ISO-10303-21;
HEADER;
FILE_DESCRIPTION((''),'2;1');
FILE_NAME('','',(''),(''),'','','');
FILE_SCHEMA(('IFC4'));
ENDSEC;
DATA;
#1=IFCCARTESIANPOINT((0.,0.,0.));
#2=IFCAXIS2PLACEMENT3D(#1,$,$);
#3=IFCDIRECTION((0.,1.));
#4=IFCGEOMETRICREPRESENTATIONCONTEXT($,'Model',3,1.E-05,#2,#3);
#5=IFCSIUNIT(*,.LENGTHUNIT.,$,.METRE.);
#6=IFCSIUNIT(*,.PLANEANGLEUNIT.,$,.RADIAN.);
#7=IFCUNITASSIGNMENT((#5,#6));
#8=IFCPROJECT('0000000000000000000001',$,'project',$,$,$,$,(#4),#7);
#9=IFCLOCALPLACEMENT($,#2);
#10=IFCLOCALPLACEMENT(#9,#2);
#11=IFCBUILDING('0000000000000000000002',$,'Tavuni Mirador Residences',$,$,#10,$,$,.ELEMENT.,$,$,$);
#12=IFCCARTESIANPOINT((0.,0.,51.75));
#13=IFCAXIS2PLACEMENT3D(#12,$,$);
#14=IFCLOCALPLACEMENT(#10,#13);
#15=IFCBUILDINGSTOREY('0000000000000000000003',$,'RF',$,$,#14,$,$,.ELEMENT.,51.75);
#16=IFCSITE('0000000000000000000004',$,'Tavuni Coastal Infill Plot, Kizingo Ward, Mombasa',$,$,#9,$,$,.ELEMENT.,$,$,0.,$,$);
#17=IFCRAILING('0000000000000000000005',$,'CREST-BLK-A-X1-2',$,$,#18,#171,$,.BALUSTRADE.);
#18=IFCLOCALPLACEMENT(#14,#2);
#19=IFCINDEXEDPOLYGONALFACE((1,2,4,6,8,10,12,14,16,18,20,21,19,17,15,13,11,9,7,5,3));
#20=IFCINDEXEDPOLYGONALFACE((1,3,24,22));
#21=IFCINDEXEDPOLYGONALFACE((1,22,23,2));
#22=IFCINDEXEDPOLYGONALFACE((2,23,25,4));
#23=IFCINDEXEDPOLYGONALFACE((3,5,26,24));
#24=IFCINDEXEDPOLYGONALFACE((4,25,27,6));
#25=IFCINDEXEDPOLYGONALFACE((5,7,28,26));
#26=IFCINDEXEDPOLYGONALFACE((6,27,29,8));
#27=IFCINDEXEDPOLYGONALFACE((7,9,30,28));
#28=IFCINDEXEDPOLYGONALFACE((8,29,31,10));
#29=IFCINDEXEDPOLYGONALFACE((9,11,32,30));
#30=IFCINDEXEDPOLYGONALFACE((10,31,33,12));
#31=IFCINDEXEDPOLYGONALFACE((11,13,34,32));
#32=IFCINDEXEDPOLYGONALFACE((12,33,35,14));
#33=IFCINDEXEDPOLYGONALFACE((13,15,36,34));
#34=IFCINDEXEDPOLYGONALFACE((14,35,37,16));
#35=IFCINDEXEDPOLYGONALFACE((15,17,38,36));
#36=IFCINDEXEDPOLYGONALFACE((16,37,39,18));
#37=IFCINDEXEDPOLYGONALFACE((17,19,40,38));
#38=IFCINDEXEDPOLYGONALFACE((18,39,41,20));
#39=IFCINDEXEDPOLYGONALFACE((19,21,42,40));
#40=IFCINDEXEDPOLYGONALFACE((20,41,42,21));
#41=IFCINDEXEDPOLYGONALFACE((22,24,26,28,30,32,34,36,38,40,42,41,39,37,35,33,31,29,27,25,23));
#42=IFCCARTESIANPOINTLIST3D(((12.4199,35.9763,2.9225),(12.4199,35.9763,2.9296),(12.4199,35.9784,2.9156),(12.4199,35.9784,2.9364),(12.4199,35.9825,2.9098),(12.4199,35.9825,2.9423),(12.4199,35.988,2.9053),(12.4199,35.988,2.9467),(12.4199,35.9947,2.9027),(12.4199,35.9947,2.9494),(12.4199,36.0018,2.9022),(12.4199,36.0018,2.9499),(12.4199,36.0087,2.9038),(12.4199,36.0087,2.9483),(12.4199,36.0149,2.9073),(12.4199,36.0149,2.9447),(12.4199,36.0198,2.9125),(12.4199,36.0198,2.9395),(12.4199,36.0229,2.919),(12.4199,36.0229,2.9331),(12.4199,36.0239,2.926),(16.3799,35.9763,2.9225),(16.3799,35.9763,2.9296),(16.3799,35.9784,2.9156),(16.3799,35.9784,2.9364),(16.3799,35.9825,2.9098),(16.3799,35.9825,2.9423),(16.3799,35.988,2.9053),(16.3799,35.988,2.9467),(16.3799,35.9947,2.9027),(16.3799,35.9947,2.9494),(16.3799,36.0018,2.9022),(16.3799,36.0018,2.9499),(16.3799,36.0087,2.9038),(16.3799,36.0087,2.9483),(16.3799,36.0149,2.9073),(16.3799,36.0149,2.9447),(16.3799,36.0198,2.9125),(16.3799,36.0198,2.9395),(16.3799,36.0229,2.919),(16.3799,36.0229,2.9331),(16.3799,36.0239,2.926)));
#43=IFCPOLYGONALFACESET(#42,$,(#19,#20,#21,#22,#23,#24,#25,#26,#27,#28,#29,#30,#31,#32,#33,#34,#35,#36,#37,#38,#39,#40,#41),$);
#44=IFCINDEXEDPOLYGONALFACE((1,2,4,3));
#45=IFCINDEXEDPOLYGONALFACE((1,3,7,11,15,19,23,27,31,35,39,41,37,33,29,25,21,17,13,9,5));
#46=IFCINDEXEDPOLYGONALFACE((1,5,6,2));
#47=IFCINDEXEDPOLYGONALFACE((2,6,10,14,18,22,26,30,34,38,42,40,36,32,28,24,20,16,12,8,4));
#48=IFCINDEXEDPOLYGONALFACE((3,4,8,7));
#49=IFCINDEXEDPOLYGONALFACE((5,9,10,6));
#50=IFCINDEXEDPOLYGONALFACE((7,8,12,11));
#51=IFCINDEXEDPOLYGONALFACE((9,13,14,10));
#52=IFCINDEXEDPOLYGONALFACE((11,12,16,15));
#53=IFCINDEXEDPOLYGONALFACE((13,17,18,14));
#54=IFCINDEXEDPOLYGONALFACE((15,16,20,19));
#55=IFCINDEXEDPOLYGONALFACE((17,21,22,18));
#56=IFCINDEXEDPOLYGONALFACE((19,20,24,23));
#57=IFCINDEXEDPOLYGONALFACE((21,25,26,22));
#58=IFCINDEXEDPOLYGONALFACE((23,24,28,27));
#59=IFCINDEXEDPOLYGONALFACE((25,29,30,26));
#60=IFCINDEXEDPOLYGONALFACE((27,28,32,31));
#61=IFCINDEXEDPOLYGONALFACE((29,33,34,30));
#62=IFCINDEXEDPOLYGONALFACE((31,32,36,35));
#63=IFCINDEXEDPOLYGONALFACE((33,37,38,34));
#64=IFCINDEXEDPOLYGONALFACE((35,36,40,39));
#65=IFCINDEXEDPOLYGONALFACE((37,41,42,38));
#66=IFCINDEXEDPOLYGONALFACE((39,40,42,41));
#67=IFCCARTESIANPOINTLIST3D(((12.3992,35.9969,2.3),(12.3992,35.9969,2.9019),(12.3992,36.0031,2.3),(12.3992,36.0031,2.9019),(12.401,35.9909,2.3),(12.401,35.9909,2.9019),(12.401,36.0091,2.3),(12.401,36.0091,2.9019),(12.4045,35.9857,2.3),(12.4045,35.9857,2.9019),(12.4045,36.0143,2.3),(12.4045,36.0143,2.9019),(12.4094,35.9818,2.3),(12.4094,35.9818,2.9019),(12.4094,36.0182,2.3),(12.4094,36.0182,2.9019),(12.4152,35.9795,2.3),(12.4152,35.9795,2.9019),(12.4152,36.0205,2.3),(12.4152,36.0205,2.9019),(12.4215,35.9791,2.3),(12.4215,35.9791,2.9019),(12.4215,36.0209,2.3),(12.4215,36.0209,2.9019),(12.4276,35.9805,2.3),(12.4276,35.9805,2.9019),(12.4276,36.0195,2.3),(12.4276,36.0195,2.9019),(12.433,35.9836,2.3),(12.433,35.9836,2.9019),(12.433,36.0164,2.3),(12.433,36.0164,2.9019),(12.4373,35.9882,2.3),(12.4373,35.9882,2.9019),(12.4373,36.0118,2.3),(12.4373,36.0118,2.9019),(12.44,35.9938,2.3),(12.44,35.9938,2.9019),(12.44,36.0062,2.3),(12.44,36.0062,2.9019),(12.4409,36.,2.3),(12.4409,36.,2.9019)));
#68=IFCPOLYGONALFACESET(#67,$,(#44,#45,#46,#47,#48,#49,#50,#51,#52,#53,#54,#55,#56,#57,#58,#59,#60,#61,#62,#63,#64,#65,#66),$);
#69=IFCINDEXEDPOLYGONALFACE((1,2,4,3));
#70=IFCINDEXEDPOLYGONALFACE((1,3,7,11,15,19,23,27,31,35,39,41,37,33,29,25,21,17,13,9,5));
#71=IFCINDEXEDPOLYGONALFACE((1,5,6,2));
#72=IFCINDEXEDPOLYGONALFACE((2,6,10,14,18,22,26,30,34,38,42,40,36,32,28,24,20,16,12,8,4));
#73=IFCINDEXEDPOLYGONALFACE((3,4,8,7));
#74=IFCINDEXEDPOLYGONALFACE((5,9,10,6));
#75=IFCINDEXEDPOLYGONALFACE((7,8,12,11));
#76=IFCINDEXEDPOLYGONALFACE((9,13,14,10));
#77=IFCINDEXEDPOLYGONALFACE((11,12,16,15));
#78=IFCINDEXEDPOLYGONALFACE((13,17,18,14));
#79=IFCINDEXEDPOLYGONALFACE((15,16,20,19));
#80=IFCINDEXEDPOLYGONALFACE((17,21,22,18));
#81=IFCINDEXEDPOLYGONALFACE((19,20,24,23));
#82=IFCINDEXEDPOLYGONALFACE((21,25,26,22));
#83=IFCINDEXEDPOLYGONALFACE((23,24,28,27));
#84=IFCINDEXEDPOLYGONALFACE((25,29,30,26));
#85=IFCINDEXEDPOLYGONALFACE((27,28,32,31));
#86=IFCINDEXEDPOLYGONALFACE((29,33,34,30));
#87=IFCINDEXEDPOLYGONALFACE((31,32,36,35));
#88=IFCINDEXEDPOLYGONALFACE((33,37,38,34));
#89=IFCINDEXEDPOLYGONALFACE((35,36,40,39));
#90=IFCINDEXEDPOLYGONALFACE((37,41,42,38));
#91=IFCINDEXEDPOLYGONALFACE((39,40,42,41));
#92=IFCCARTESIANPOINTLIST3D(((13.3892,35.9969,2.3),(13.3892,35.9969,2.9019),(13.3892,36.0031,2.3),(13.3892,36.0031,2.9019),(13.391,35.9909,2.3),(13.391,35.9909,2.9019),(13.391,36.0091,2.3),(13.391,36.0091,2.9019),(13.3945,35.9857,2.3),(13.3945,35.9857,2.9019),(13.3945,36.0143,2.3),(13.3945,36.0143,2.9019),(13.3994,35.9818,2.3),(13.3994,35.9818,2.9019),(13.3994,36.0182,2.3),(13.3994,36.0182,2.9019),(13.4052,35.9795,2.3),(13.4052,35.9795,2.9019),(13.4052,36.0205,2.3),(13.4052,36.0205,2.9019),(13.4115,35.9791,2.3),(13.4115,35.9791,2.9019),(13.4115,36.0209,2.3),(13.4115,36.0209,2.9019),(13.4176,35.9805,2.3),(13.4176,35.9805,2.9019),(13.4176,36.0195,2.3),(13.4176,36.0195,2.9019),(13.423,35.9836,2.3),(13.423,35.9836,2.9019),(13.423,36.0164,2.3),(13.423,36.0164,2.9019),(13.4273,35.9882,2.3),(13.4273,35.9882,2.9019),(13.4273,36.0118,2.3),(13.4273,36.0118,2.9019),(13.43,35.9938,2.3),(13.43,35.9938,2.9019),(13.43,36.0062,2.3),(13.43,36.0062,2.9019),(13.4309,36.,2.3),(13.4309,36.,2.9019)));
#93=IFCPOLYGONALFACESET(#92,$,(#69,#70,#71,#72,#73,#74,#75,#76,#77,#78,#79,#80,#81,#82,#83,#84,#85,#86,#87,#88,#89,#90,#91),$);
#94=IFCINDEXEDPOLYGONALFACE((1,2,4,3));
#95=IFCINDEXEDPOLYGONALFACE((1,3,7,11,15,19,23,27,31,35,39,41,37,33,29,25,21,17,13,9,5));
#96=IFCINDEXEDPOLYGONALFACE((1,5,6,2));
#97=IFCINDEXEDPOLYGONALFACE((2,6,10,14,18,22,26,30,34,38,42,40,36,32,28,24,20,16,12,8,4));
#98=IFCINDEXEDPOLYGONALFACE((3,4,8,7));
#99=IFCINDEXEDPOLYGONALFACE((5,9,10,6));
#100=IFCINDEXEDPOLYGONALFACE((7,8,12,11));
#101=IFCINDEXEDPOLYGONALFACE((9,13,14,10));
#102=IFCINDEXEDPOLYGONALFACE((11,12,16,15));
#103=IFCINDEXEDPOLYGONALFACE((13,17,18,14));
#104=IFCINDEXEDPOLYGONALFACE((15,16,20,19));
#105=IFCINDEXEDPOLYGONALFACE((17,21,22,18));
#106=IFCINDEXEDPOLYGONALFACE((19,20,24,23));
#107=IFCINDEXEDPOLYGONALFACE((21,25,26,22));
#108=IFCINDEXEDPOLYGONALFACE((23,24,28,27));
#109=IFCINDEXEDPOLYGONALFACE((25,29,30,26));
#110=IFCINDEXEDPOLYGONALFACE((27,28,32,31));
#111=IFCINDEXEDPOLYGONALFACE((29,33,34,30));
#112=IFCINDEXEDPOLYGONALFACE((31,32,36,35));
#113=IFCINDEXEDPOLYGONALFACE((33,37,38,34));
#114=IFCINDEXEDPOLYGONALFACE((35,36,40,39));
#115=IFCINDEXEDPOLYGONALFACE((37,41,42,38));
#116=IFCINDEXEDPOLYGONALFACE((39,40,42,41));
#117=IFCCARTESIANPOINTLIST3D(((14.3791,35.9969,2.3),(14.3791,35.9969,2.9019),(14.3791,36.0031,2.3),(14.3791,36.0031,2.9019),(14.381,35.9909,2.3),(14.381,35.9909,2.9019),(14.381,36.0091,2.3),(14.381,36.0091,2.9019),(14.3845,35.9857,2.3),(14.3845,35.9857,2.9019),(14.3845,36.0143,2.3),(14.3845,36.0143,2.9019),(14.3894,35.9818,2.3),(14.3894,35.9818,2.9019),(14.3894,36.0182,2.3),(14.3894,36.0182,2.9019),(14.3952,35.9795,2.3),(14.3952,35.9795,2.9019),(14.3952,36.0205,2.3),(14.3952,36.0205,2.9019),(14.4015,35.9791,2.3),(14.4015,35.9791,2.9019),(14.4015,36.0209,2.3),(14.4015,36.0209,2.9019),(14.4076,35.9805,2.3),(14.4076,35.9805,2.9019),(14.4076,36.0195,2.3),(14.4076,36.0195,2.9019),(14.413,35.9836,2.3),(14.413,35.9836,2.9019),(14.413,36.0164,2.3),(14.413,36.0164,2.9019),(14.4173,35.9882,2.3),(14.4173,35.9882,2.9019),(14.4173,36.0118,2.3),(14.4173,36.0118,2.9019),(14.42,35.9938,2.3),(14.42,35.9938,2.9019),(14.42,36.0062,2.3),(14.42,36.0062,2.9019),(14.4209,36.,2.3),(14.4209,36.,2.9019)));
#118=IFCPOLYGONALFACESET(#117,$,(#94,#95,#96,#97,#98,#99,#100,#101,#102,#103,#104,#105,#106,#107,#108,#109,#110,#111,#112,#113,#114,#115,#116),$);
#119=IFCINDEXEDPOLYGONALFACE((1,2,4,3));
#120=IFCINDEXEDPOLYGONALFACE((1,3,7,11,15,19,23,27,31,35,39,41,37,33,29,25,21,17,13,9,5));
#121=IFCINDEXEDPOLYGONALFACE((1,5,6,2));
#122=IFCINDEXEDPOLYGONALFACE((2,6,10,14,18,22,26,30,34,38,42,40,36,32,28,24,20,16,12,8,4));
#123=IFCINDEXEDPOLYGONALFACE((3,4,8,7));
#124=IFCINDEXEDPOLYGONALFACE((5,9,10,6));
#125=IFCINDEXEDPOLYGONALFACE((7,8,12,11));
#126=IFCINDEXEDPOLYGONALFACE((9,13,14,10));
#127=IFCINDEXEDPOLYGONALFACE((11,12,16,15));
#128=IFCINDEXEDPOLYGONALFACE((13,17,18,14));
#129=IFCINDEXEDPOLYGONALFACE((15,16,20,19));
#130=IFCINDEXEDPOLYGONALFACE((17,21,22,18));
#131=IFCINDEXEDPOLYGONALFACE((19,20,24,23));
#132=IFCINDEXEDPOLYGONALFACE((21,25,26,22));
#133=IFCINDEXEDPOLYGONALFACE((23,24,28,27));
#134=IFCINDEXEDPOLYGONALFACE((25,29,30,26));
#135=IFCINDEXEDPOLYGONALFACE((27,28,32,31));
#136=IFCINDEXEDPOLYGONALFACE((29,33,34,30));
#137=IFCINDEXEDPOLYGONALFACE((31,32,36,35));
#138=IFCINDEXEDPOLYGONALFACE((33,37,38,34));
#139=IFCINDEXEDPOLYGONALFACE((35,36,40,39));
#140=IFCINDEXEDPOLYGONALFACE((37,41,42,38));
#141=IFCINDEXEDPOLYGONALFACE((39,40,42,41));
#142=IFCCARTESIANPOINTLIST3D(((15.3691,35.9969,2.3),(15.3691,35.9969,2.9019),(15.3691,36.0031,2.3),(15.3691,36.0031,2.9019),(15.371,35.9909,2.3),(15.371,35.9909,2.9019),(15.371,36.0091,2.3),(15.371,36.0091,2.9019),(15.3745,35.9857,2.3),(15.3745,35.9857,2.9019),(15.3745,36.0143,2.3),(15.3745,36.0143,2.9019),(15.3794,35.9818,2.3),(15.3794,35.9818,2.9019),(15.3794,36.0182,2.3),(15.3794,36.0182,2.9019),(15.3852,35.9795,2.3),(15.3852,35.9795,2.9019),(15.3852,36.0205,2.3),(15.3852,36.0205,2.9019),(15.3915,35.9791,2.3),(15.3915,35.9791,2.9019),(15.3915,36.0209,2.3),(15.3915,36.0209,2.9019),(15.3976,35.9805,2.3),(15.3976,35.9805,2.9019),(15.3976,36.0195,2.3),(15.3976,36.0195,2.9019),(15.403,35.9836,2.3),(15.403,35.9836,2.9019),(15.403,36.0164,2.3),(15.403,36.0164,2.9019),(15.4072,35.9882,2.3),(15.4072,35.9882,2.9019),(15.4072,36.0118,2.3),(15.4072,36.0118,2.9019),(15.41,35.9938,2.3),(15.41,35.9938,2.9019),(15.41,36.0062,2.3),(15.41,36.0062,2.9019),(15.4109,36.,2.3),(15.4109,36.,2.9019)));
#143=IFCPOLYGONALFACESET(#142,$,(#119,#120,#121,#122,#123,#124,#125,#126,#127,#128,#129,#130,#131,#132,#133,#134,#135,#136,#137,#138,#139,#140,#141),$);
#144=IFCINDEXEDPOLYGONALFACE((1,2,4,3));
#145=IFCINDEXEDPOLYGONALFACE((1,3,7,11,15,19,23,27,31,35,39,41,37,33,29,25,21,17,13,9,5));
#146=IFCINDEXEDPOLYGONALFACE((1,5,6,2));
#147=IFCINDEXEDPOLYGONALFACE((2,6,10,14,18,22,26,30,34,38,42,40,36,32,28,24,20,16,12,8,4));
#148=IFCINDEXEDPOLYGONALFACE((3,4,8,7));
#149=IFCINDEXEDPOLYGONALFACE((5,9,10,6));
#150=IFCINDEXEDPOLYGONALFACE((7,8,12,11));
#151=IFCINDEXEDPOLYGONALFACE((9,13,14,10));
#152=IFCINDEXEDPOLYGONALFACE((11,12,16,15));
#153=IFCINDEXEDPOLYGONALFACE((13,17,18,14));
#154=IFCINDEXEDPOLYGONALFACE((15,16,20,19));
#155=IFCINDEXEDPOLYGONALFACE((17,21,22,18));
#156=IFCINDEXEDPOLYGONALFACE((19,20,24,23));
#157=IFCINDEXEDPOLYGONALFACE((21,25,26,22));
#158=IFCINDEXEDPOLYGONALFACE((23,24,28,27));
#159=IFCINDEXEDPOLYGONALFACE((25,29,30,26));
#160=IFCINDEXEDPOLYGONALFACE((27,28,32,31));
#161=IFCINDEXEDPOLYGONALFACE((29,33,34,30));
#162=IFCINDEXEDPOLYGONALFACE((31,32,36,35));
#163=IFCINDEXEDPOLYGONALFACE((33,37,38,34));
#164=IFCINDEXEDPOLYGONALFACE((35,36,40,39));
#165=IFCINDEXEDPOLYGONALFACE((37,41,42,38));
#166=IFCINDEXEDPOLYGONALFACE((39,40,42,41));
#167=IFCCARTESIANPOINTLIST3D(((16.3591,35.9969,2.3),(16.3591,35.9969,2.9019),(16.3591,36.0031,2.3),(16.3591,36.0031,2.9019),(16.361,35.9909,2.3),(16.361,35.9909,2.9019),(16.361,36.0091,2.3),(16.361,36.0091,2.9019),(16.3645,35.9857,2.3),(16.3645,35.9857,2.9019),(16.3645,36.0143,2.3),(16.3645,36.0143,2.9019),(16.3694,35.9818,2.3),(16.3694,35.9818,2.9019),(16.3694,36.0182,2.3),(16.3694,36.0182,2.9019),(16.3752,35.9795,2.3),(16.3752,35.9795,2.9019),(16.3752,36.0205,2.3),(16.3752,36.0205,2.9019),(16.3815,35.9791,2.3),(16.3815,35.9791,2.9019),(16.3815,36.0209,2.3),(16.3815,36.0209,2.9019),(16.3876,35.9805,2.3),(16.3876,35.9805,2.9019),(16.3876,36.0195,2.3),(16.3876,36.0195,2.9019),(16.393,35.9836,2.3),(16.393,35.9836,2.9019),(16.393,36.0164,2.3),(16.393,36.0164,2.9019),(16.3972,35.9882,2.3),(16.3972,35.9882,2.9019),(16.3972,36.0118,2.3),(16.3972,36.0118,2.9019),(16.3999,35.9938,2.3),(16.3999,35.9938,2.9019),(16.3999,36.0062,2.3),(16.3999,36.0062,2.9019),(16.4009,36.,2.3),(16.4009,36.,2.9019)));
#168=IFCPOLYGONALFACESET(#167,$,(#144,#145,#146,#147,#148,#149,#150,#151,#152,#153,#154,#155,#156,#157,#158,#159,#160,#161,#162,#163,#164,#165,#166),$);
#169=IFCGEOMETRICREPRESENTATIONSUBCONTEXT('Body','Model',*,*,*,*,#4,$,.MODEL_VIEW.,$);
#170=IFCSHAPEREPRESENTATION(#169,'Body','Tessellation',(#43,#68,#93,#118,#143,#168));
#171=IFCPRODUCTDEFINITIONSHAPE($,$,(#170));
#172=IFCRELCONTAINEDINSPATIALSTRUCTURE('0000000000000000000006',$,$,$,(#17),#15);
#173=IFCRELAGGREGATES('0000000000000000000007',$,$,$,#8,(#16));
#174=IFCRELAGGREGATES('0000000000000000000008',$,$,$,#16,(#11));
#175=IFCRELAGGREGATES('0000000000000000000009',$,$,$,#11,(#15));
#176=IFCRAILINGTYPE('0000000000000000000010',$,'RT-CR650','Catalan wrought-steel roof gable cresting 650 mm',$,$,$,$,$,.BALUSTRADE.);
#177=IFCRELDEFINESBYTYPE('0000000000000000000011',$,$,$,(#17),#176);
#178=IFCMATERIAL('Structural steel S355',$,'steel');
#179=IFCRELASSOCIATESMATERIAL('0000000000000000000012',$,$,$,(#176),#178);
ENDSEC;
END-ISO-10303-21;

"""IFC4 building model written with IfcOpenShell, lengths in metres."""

from ifc_helpers import new_model, si_unit, direction, frame, origin, origin_2d, place, context, subcontext, project, spatial, circle, extrude, material, type_object, element, save


model = new_model("IFC4")

# Units and contexts
model_context = context("Model", 3, precision=1e-05, world=origin(), true_north=direction((0.0, 1.0)))
body_context = subcontext(model_context, "Body", "Model", "MODEL_VIEW")
ifc_project = project(units=[si_unit("LENGTHUNIT", "METRE"), si_unit("PLANEANGLEUNIT", "RADIAN")], contexts=[model_context])

# Site, building, storey
site_placement = place(None, origin())
site = spatial("IfcSite", under=ifc_project, at=site_placement, Name="Tavuni Coastal Infill Plot, Kizingo Ward, Mombasa", CompositionType="ELEMENT", RefElevation=0.0)
building_placement = place(site_placement, origin())
building = spatial("IfcBuilding", under=site, at=building_placement, Name="Tavuni Mirador Residences", CompositionType="ELEMENT")
storey_placement = place(building_placement, frame((0.0, 0.0, 51.75)))
storey = spatial("IfcBuildingStorey", under=building, at=storey_placement, Name="RF", CompositionType="ELEMENT", Elevation=51.75)

# Shared definitions
ifc_material_1 = material(Name="Structural steel S355", Category="steel")

# Railing
railing_type = type_object("IfcRailingType", Name="RT-CR650", Description="Catalan wrought-steel roof gable cresting 650 mm", PredefinedType="BALUSTRADE", material=ifc_material_1)
for number, where, name in (
    (1, (12.4199, 36.0, 2.3), "CREST-BLK-A-X1-2"),
):
    element("IfcRailing", number, at=place(storey_placement, frame(where)), inside=storey, type_object=railing_type, Name=name, PredefinedType="BALUSTRADE", context=body_context, shape_type="SweptSolid", body=[
        extrude(circle(Radius=0.0239, at=origin_2d()), frame((0.0, 0.0, 0.626), z_axis=(1.0, 0.0, 0.0), x_axis=(0.0, 1.0, 0.0)), (0.0, 0.0, 1.0), 3.96),
        extrude(circle(Radius=0.021, at=origin_2d()), origin(), (0.0, 0.0, 1.0), 0.6018),
        extrude(circle(Radius=0.021, at=origin_2d()), frame((0.99, 0.0, 0.0)), (0.0, 0.0, 1.0), 0.6018),
        extrude(circle(Radius=0.021, at=origin_2d()), frame((1.98, 0.0, 0.0)), (0.0, 0.0, 1.0), 0.6018),
        extrude(circle(Radius=0.021, at=origin_2d()), frame((2.97, 0.0, 0.0)), (0.0, 0.0, 1.0), 0.6018),
        extrude(circle(Radius=0.021, at=origin_2d()), frame((3.96, 0.0, 0.0)), (0.0, 0.0, 1.0), 0.6018),
    ])

save(model, "model.ifc")
